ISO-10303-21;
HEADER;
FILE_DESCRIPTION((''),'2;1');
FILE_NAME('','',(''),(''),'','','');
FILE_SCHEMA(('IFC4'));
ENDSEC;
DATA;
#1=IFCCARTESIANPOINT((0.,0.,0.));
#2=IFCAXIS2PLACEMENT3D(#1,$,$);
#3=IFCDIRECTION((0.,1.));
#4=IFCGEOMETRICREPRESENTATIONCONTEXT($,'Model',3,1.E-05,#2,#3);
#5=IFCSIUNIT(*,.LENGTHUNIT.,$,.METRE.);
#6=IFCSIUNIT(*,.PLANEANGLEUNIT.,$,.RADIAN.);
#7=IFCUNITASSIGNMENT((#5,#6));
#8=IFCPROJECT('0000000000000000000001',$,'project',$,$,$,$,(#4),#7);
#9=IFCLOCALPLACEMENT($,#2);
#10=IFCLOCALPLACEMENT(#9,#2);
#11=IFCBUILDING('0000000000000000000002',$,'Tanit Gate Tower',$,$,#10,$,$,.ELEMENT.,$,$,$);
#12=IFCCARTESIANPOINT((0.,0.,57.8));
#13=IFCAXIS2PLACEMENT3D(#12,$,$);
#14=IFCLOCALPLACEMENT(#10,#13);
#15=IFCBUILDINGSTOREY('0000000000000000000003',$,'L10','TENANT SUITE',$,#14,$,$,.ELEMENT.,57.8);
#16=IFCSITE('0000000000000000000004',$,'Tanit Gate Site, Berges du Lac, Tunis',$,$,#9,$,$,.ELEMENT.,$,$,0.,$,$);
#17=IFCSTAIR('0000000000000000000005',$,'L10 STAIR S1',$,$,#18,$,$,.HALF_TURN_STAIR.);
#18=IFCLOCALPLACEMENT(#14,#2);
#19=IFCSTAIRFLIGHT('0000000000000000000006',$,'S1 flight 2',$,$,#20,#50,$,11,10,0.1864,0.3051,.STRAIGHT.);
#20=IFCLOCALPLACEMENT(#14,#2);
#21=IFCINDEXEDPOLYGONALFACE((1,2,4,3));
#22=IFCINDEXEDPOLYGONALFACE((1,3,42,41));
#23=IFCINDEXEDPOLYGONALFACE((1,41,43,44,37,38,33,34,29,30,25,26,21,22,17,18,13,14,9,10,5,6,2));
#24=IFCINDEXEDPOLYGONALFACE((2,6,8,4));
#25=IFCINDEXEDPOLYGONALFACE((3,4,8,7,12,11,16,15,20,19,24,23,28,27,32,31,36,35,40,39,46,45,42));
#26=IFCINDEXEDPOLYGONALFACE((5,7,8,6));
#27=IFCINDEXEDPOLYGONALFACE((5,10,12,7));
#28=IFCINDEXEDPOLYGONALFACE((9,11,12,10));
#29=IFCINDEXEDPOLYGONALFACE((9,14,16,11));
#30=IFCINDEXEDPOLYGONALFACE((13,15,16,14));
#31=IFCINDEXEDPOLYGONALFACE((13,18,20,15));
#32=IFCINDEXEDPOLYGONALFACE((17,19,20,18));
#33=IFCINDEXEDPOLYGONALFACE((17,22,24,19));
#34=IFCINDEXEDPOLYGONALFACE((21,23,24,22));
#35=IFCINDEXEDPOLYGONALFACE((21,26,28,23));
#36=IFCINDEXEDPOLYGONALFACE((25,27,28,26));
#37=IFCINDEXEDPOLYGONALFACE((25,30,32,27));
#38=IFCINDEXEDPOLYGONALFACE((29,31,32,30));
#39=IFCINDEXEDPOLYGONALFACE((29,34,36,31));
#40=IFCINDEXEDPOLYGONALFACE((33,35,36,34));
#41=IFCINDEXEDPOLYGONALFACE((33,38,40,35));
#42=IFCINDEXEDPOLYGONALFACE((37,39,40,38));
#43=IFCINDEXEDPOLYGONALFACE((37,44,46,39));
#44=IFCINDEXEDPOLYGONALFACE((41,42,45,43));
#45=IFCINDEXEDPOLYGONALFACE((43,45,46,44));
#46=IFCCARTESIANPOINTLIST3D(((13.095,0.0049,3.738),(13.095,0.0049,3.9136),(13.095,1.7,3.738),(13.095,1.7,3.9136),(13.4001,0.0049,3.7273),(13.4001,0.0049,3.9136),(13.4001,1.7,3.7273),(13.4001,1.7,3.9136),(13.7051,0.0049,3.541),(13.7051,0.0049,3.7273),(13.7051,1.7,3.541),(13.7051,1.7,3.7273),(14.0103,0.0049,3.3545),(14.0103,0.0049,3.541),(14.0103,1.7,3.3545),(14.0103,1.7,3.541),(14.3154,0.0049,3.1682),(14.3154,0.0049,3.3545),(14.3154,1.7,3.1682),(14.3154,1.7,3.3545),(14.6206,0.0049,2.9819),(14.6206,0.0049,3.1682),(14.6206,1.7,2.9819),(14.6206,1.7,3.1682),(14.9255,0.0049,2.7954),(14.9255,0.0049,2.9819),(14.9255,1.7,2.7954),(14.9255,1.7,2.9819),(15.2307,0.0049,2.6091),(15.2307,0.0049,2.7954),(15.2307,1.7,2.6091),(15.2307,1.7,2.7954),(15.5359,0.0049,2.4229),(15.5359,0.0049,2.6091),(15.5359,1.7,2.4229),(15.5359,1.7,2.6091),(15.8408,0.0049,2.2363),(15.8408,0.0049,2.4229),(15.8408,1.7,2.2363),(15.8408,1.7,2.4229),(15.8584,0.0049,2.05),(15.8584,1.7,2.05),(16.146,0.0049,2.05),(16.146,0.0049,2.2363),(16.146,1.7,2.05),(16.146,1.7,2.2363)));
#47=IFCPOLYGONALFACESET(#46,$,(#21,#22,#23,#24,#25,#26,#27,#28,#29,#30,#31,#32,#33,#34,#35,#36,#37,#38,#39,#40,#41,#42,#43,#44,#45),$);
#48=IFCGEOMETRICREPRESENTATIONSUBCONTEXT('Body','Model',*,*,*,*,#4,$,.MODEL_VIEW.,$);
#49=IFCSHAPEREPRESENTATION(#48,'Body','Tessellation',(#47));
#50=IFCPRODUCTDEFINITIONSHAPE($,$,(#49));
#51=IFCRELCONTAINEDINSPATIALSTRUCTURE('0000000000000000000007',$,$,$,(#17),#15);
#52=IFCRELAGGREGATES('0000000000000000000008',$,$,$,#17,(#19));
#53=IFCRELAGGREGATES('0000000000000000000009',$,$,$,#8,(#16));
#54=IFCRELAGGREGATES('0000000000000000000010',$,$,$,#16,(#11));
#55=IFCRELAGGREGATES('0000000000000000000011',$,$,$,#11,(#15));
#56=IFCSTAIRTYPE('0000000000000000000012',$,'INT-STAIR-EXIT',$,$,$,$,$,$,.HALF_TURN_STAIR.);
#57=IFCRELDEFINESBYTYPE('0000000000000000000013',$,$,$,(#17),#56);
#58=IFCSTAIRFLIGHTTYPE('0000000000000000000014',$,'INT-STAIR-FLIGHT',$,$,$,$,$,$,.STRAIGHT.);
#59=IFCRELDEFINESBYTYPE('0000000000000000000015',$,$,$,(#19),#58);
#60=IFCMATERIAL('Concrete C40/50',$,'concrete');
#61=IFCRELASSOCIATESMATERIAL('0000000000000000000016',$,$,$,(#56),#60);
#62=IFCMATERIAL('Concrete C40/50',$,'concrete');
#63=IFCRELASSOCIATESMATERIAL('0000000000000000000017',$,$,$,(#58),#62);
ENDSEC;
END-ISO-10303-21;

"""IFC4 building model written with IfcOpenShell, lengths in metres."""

from ifc_helpers import new_model, si_unit, direction, frame, origin, place, context, subcontext, project, spatial, polyline, outline, extrude, material, type_object, element, aggregate, save


model = new_model("IFC4")

# Units and contexts
model_context = context("Model", 3, precision=1e-05, world=origin(), true_north=direction((0.0, 1.0)))
body_context = subcontext(model_context, "Body", "Model", "MODEL_VIEW")
ifc_project = project(units=[si_unit("LENGTHUNIT", "METRE"), si_unit("PLANEANGLEUNIT", "RADIAN")], contexts=[model_context])

# Site, building, storey
site_placement = place(None, origin())
site = spatial("IfcSite", under=ifc_project, at=site_placement, Name="Tanit Gate Site, Berges du Lac, Tunis", CompositionType="ELEMENT", RefElevation=0.0)
building_placement = place(site_placement, origin())
building = spatial("IfcBuilding", under=site, at=building_placement, Name="Tanit Gate Tower", CompositionType="ELEMENT")
storey_placement = place(building_placement, frame((0.0, 0.0, 57.8)))
storey = spatial("IfcBuildingStorey", under=building, at=storey_placement, Name="L10", Description="TENANT SUITE", CompositionType="ELEMENT", Elevation=57.8)

# Stair, stair flight
ifc_material_1 = material(Name="Concrete C40/50", Category="concrete")
stair_type = type_object("IfcStairType", Name="INT-STAIR-EXIT", PredefinedType="HALF_TURN_STAIR", material=ifc_material_1)
stair_placement = place(storey_placement, origin())
stair = element("IfcStair", 1, at=stair_placement, inside=storey, type_object=stair_type, Name="L10 STAIR S1", PredefinedType="HALF_TURN_STAIR")
ifc_material_2 = material(Name="Concrete C40/50", Category="concrete")
stair_flight_type = type_object("IfcStairFlightType", Name="INT-STAIR-FLIGHT", PredefinedType="STRAIGHT", material=ifc_material_2)
stair_flight_placement = place(storey_placement, frame((16.146, 0.8525, 2.05), z_axis=(0.0, 0.0, 1.0), x_axis=(-1.0, 0.0, 0.0)))
stair_flight = element("IfcStairFlight", 2, at=stair_flight_placement, type_object=stair_flight_type, Name="S1 flight 2", NumberOfRisers=11, NumberOfTreads=10, PredefinedType="STRAIGHT", RiserHeight=0.1864, TreadLength=0.3051, context=body_context, shape_type="SweptSolid", body=[
    extrude(outline(polyline([(0.0, 0.0), (0.0, 0.1863), (0.3052, 0.1863), (0.3052, 0.3728), (0.6101, 0.3728), (0.6101, 0.5591), (0.9153, 0.5591), (0.9153, 0.7454), (1.2205, 0.7454), (1.2205, 0.9319), (1.5254, 0.9319), (1.5254, 1.1182), (1.8306, 1.1182), (1.8306, 1.3044), (2.1357, 1.3044), (2.1357, 1.491), (2.4409, 1.491), (2.4409, 1.6772), (2.7458, 1.6772), (2.7458, 1.8635), (3.051, 1.8635), (3.051, 2.05), (3.051, 1.688), (0.2876, 0.0), (0.0, 0.0)])), frame((0.0, 0.8477, 0.0), z_axis=(0.0, -1.0, 0.0), x_axis=(1.0, 0.0, 0.0)), (0.0, 0.0, 1.0), 1.6951),
])
aggregate(stair, [stair_flight])

save(model, "model.ifc")
